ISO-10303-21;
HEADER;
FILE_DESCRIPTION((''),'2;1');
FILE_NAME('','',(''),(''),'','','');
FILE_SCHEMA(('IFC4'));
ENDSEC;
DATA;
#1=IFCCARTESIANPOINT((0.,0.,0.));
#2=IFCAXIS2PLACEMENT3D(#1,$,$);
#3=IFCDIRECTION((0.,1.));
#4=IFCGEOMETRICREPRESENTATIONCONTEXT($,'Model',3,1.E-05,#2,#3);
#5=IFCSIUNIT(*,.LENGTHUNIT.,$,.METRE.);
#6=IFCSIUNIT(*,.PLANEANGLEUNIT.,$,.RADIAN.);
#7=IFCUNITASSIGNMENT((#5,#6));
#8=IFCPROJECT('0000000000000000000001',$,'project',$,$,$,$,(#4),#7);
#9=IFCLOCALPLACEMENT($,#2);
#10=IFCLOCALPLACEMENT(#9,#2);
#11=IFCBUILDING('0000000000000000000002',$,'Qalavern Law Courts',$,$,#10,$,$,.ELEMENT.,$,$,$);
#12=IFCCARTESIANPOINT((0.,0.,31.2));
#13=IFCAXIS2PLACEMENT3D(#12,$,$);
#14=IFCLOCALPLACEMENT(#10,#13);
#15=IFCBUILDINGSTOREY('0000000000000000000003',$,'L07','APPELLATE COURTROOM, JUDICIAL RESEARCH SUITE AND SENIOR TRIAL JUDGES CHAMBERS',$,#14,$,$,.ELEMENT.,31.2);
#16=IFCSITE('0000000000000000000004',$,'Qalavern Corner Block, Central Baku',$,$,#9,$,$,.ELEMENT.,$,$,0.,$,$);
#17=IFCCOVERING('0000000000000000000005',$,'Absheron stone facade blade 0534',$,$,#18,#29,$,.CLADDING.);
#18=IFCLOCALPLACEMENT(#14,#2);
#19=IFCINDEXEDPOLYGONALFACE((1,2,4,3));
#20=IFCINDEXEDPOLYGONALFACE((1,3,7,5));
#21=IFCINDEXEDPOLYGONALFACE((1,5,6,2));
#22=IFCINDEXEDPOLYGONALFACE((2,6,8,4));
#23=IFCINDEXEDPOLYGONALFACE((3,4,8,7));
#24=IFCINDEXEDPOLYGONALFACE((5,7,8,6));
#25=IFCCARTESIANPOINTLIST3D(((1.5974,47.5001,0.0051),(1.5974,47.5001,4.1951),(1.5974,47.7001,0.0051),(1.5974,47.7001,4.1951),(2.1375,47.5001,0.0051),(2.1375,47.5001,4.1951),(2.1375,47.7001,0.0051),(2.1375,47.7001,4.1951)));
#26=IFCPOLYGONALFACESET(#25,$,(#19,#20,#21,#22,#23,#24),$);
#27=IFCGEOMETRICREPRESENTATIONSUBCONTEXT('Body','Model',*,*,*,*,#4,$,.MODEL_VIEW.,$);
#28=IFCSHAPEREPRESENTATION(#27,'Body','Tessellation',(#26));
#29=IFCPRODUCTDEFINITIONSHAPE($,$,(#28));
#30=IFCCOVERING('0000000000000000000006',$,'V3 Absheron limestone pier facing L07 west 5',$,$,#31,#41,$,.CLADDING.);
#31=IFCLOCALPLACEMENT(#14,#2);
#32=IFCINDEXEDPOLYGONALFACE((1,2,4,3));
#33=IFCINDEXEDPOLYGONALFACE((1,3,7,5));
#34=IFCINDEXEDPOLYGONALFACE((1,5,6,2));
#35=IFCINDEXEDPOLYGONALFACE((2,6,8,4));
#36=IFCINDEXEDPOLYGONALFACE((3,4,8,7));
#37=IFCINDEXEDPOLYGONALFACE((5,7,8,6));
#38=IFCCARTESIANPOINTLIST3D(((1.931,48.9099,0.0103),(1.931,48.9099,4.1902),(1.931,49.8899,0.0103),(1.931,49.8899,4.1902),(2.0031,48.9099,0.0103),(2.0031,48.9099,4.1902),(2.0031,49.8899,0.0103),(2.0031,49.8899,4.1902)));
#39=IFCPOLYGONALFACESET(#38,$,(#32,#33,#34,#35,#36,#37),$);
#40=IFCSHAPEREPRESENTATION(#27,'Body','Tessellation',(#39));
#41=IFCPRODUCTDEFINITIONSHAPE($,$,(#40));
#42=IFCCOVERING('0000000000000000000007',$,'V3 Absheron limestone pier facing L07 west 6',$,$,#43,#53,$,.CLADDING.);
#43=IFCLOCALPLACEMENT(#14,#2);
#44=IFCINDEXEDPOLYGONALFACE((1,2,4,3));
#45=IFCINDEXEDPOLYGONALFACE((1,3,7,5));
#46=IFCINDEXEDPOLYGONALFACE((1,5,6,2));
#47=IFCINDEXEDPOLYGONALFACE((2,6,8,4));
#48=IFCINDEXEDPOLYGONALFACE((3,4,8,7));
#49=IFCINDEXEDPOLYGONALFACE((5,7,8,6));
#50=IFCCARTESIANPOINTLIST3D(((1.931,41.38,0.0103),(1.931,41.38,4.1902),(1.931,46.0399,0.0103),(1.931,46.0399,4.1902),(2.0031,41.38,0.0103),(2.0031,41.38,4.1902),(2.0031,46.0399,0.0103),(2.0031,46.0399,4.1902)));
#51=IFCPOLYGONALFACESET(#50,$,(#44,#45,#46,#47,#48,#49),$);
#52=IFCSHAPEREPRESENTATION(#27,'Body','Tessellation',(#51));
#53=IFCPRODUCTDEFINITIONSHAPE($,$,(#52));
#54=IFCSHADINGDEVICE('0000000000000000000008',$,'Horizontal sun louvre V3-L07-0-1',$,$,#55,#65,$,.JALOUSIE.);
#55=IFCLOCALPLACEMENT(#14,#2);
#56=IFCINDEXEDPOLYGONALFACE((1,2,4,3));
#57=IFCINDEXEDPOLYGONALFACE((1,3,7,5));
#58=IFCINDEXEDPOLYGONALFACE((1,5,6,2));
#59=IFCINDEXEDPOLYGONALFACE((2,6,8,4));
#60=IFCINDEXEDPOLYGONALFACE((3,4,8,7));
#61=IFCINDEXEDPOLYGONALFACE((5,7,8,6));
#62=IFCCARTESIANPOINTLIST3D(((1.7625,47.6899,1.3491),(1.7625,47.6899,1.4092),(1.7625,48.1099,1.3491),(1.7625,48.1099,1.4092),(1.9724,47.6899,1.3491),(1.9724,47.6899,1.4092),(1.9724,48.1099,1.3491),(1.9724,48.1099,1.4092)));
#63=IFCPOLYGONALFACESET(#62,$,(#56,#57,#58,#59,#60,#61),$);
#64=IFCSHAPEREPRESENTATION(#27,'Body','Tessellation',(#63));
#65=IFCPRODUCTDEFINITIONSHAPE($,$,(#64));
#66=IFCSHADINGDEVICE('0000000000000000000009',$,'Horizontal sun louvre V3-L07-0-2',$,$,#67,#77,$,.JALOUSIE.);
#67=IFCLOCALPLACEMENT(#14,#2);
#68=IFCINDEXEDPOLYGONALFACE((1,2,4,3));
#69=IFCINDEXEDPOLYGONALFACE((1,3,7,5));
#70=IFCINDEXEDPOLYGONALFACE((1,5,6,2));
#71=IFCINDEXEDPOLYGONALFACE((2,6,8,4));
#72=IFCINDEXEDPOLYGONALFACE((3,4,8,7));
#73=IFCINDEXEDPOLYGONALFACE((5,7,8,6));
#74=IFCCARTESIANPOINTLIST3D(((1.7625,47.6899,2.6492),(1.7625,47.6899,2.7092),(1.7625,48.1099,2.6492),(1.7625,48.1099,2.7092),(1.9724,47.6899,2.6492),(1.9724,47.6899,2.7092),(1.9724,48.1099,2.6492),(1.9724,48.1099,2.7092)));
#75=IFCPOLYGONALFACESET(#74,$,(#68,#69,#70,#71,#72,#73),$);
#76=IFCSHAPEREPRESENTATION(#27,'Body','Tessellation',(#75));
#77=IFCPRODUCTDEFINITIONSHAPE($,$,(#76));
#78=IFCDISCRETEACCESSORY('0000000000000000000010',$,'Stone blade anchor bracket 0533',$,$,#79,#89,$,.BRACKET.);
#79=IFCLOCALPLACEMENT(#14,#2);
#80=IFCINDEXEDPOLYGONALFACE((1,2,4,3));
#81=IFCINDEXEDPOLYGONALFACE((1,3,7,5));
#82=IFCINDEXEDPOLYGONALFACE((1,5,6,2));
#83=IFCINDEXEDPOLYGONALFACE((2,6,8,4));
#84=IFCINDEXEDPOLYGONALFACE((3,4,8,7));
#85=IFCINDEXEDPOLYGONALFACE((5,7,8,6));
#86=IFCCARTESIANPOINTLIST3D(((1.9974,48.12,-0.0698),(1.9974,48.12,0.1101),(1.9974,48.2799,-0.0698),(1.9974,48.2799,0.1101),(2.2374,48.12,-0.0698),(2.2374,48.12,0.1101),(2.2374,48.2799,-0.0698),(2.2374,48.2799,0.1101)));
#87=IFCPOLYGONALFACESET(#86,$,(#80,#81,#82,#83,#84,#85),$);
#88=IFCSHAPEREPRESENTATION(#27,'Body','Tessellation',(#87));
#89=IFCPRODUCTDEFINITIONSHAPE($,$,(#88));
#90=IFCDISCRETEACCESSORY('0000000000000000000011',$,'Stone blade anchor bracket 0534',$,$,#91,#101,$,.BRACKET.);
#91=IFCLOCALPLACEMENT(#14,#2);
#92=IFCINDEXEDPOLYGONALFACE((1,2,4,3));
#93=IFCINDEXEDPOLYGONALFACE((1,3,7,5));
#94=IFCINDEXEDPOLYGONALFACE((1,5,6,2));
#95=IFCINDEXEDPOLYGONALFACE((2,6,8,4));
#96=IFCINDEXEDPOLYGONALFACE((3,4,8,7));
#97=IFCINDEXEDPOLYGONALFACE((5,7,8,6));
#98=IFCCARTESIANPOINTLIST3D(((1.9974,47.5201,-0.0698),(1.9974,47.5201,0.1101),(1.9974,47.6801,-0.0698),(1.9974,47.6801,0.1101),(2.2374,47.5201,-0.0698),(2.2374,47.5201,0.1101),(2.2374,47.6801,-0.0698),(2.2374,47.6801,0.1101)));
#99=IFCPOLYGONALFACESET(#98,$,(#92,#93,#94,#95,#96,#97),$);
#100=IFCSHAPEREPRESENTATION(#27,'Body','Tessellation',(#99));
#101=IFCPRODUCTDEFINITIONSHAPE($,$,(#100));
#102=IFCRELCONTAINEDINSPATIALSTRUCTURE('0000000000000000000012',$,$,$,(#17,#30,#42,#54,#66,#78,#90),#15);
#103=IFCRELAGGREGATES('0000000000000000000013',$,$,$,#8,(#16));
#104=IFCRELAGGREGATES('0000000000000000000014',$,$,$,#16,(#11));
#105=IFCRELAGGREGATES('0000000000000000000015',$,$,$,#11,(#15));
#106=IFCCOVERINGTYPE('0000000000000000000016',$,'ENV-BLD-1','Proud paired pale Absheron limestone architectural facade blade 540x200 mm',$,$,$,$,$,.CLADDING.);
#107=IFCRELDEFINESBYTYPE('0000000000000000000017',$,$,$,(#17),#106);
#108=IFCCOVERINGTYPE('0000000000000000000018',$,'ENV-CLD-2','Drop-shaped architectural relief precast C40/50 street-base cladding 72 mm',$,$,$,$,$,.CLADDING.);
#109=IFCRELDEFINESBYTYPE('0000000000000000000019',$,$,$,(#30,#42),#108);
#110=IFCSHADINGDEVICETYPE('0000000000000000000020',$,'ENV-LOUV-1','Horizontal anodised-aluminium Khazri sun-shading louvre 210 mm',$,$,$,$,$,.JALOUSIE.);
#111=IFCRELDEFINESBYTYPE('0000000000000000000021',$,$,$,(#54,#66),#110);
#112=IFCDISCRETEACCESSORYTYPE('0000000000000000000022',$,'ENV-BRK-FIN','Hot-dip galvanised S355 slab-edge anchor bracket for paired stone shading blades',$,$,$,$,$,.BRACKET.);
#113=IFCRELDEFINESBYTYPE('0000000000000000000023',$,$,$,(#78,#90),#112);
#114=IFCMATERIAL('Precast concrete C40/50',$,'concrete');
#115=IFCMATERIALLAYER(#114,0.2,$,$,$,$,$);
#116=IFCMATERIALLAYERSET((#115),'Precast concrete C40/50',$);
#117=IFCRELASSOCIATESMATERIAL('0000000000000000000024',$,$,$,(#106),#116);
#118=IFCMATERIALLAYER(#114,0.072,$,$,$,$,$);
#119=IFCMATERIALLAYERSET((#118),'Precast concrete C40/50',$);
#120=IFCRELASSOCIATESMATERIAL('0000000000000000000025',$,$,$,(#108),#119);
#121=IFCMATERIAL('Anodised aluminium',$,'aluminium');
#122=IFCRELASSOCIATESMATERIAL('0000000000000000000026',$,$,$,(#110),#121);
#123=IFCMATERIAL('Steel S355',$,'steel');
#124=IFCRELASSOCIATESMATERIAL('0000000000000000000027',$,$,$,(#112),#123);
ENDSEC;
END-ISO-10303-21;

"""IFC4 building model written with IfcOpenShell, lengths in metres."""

from ifc_helpers import new_model, si_unit, direction, frame, origin, origin_2d, place, context, subcontext, project, spatial, rectangle, extrude, material, layer, layer_set, type_object, element, save


model = new_model("IFC4")

# Units and contexts
model_context = context("Model", 3, precision=1e-05, world=origin(), true_north=direction((0.0, 1.0)))
body_context = subcontext(model_context, "Body", "Model", "MODEL_VIEW")
ifc_project = project(units=[si_unit("LENGTHUNIT", "METRE"), si_unit("PLANEANGLEUNIT", "RADIAN")], contexts=[model_context])

# Site, building, storey
site_placement = place(None, origin())
site = spatial("IfcSite", under=ifc_project, at=site_placement, Name="Qalavern Corner Block, Central Baku", CompositionType="ELEMENT", RefElevation=0.0)
building_placement = place(site_placement, origin())
building = spatial("IfcBuilding", under=site, at=building_placement, Name="Qalavern Law Courts", CompositionType="ELEMENT")
storey_placement = place(building_placement, frame((0.0, 0.0, 31.2)))
storey = spatial("IfcBuildingStorey", under=building, at=storey_placement, Name="L07", Description="APPELLATE COURTROOM, JUDICIAL RESEARCH SUITE AND SENIOR TRIAL JUDGES CHAMBERS", CompositionType="ELEMENT", Elevation=31.2)

# Shared definitions
ifc_material_1 = material(Name="Anodised aluminium", Category="aluminium")

# Coverings
ifc_material_2 = material(Name="Precast concrete C40/50", Category="concrete")
ifc_layer_1 = layer(ifc_material_2, 0.2)
ifc_layer_set_1 = layer_set([ifc_layer_1], Name="Precast concrete C40/50")
covering_type_1 = type_object("IfcCoveringType", Name="ENV-BLD-1", Description="Proud paired pale Absheron limestone architectural facade blade 540x200 mm", PredefinedType="CLADDING", material=ifc_layer_set_1)
for number, where, z_axis, x_axis, name in (
    (1, (1.8674, 47.6001, 0.0051), (0.0, 0.0, 1.0), (-1.0, 0.0, 0.0), "Absheron stone facade blade 0534"),
):
    element("IfcCovering", number, at=place(storey_placement, frame(where, z_axis=z_axis, x_axis=x_axis)), inside=storey, type_object=covering_type_1, Name=name, PredefinedType="CLADDING", context=body_context, shape_type="SweptSolid", body=[
        extrude(rectangle(XDim=0.54, YDim=0.2, at=origin_2d()), origin(), (0.0, 0.0, 1.0), 4.1899),
    ])
ifc_layer_2 = layer(ifc_material_2, 0.072)
ifc_layer_set_2 = layer_set([ifc_layer_2], Name="Precast concrete C40/50")
covering_type_2 = type_object("IfcCoveringType", Name="ENV-CLD-2", Description="Drop-shaped architectural relief precast C40/50 street-base cladding 72 mm", PredefinedType="CLADDING", material=ifc_layer_set_2)
covering_1_placement = place(storey_placement, frame((1.967, 49.3999, 0.0103), z_axis=(0.0, 0.0, 1.0), x_axis=(0.0, -1.0, 0.0)))
element("IfcCovering", 2, at=covering_1_placement, inside=storey, type_object=covering_type_2, Name="V3 Absheron limestone pier facing L07 west 5", PredefinedType="CLADDING", context=body_context, shape_type="SweptSolid", body=[
    extrude(rectangle(XDim=0.98, YDim=0.072, at=origin_2d()), origin(), (0.0, 0.0, 1.0), 4.1799),
])
covering_2_placement = place(storey_placement, frame((1.967, 43.71, 0.0103), z_axis=(0.0, 0.0, 1.0), x_axis=(0.0, -1.0, 0.0)))
element("IfcCovering", 3, at=covering_2_placement, inside=storey, type_object=covering_type_2, Name="V3 Absheron limestone pier facing L07 west 6", PredefinedType="CLADDING", context=body_context, shape_type="SweptSolid", body=[
    extrude(rectangle(XDim=4.6599, YDim=0.072, at=origin_2d()), origin(), (0.0, 0.0, 1.0), 4.1799),
])

# Shading devices
shading_device_type = type_object("IfcShadingDeviceType", Name="ENV-LOUV-1", Description="Horizontal anodised-aluminium Khazri sun-shading louvre 210 mm", PredefinedType="JALOUSIE", material=ifc_material_1)
for number, where, z_axis, x_axis, name in (
    (4, (1.8674, 47.8999, 1.3491), (0.0, 0.0, 1.0), (0.0, -1.0, 0.0), "Horizontal sun louvre V3-L07-0-1"),
    (5, (1.8674, 47.8999, 2.6492), (0.0, 0.0, 1.0), (0.0, -1.0, 0.0), "Horizontal sun louvre V3-L07-0-2"),
):
    element("IfcShadingDevice", number, at=place(storey_placement, frame(where, z_axis=z_axis, x_axis=x_axis)), inside=storey, type_object=shading_device_type, Name=name, PredefinedType="JALOUSIE", context=body_context, shape_type="SweptSolid", body=[
        extrude(rectangle(XDim=0.4199, YDim=0.21, at=origin_2d()), origin(), (0.0, 0.0, 1.0), 0.0601),
    ])

# Discrete accessories
ifc_material_3 = material(Name="Steel S355", Category="steel")
discrete_accessory_type = type_object("IfcDiscreteAccessoryType", Name="ENV-BRK-FIN", Description="Hot-dip galvanised S355 slab-edge anchor bracket for paired stone shading blades", PredefinedType="BRACKET", material=ifc_material_3)
for number, where, z_axis, x_axis, name in (
    (6, (2.1174, 48.2, -0.0698), (0.0, 0.0, 1.0), (-1.0, 0.0, 0.0), "Stone blade anchor bracket 0533"),
    (7, (2.1174, 47.6001, -0.0698), (0.0, 0.0, 1.0), (-1.0, 0.0, 0.0), "Stone blade anchor bracket 0534"),
):
    element("IfcDiscreteAccessory", number, at=place(storey_placement, frame(where, z_axis=z_axis, x_axis=x_axis)), inside=storey, type_object=discrete_accessory_type, Name=name, PredefinedType="BRACKET", context=body_context, shape_type="SweptSolid", body=[
        extrude(rectangle(XDim=0.24, YDim=0.1599, at=origin_2d()), origin(), (0.0, 0.0, 1.0), 0.1799),
    ])

save(model, "model.ifc")
